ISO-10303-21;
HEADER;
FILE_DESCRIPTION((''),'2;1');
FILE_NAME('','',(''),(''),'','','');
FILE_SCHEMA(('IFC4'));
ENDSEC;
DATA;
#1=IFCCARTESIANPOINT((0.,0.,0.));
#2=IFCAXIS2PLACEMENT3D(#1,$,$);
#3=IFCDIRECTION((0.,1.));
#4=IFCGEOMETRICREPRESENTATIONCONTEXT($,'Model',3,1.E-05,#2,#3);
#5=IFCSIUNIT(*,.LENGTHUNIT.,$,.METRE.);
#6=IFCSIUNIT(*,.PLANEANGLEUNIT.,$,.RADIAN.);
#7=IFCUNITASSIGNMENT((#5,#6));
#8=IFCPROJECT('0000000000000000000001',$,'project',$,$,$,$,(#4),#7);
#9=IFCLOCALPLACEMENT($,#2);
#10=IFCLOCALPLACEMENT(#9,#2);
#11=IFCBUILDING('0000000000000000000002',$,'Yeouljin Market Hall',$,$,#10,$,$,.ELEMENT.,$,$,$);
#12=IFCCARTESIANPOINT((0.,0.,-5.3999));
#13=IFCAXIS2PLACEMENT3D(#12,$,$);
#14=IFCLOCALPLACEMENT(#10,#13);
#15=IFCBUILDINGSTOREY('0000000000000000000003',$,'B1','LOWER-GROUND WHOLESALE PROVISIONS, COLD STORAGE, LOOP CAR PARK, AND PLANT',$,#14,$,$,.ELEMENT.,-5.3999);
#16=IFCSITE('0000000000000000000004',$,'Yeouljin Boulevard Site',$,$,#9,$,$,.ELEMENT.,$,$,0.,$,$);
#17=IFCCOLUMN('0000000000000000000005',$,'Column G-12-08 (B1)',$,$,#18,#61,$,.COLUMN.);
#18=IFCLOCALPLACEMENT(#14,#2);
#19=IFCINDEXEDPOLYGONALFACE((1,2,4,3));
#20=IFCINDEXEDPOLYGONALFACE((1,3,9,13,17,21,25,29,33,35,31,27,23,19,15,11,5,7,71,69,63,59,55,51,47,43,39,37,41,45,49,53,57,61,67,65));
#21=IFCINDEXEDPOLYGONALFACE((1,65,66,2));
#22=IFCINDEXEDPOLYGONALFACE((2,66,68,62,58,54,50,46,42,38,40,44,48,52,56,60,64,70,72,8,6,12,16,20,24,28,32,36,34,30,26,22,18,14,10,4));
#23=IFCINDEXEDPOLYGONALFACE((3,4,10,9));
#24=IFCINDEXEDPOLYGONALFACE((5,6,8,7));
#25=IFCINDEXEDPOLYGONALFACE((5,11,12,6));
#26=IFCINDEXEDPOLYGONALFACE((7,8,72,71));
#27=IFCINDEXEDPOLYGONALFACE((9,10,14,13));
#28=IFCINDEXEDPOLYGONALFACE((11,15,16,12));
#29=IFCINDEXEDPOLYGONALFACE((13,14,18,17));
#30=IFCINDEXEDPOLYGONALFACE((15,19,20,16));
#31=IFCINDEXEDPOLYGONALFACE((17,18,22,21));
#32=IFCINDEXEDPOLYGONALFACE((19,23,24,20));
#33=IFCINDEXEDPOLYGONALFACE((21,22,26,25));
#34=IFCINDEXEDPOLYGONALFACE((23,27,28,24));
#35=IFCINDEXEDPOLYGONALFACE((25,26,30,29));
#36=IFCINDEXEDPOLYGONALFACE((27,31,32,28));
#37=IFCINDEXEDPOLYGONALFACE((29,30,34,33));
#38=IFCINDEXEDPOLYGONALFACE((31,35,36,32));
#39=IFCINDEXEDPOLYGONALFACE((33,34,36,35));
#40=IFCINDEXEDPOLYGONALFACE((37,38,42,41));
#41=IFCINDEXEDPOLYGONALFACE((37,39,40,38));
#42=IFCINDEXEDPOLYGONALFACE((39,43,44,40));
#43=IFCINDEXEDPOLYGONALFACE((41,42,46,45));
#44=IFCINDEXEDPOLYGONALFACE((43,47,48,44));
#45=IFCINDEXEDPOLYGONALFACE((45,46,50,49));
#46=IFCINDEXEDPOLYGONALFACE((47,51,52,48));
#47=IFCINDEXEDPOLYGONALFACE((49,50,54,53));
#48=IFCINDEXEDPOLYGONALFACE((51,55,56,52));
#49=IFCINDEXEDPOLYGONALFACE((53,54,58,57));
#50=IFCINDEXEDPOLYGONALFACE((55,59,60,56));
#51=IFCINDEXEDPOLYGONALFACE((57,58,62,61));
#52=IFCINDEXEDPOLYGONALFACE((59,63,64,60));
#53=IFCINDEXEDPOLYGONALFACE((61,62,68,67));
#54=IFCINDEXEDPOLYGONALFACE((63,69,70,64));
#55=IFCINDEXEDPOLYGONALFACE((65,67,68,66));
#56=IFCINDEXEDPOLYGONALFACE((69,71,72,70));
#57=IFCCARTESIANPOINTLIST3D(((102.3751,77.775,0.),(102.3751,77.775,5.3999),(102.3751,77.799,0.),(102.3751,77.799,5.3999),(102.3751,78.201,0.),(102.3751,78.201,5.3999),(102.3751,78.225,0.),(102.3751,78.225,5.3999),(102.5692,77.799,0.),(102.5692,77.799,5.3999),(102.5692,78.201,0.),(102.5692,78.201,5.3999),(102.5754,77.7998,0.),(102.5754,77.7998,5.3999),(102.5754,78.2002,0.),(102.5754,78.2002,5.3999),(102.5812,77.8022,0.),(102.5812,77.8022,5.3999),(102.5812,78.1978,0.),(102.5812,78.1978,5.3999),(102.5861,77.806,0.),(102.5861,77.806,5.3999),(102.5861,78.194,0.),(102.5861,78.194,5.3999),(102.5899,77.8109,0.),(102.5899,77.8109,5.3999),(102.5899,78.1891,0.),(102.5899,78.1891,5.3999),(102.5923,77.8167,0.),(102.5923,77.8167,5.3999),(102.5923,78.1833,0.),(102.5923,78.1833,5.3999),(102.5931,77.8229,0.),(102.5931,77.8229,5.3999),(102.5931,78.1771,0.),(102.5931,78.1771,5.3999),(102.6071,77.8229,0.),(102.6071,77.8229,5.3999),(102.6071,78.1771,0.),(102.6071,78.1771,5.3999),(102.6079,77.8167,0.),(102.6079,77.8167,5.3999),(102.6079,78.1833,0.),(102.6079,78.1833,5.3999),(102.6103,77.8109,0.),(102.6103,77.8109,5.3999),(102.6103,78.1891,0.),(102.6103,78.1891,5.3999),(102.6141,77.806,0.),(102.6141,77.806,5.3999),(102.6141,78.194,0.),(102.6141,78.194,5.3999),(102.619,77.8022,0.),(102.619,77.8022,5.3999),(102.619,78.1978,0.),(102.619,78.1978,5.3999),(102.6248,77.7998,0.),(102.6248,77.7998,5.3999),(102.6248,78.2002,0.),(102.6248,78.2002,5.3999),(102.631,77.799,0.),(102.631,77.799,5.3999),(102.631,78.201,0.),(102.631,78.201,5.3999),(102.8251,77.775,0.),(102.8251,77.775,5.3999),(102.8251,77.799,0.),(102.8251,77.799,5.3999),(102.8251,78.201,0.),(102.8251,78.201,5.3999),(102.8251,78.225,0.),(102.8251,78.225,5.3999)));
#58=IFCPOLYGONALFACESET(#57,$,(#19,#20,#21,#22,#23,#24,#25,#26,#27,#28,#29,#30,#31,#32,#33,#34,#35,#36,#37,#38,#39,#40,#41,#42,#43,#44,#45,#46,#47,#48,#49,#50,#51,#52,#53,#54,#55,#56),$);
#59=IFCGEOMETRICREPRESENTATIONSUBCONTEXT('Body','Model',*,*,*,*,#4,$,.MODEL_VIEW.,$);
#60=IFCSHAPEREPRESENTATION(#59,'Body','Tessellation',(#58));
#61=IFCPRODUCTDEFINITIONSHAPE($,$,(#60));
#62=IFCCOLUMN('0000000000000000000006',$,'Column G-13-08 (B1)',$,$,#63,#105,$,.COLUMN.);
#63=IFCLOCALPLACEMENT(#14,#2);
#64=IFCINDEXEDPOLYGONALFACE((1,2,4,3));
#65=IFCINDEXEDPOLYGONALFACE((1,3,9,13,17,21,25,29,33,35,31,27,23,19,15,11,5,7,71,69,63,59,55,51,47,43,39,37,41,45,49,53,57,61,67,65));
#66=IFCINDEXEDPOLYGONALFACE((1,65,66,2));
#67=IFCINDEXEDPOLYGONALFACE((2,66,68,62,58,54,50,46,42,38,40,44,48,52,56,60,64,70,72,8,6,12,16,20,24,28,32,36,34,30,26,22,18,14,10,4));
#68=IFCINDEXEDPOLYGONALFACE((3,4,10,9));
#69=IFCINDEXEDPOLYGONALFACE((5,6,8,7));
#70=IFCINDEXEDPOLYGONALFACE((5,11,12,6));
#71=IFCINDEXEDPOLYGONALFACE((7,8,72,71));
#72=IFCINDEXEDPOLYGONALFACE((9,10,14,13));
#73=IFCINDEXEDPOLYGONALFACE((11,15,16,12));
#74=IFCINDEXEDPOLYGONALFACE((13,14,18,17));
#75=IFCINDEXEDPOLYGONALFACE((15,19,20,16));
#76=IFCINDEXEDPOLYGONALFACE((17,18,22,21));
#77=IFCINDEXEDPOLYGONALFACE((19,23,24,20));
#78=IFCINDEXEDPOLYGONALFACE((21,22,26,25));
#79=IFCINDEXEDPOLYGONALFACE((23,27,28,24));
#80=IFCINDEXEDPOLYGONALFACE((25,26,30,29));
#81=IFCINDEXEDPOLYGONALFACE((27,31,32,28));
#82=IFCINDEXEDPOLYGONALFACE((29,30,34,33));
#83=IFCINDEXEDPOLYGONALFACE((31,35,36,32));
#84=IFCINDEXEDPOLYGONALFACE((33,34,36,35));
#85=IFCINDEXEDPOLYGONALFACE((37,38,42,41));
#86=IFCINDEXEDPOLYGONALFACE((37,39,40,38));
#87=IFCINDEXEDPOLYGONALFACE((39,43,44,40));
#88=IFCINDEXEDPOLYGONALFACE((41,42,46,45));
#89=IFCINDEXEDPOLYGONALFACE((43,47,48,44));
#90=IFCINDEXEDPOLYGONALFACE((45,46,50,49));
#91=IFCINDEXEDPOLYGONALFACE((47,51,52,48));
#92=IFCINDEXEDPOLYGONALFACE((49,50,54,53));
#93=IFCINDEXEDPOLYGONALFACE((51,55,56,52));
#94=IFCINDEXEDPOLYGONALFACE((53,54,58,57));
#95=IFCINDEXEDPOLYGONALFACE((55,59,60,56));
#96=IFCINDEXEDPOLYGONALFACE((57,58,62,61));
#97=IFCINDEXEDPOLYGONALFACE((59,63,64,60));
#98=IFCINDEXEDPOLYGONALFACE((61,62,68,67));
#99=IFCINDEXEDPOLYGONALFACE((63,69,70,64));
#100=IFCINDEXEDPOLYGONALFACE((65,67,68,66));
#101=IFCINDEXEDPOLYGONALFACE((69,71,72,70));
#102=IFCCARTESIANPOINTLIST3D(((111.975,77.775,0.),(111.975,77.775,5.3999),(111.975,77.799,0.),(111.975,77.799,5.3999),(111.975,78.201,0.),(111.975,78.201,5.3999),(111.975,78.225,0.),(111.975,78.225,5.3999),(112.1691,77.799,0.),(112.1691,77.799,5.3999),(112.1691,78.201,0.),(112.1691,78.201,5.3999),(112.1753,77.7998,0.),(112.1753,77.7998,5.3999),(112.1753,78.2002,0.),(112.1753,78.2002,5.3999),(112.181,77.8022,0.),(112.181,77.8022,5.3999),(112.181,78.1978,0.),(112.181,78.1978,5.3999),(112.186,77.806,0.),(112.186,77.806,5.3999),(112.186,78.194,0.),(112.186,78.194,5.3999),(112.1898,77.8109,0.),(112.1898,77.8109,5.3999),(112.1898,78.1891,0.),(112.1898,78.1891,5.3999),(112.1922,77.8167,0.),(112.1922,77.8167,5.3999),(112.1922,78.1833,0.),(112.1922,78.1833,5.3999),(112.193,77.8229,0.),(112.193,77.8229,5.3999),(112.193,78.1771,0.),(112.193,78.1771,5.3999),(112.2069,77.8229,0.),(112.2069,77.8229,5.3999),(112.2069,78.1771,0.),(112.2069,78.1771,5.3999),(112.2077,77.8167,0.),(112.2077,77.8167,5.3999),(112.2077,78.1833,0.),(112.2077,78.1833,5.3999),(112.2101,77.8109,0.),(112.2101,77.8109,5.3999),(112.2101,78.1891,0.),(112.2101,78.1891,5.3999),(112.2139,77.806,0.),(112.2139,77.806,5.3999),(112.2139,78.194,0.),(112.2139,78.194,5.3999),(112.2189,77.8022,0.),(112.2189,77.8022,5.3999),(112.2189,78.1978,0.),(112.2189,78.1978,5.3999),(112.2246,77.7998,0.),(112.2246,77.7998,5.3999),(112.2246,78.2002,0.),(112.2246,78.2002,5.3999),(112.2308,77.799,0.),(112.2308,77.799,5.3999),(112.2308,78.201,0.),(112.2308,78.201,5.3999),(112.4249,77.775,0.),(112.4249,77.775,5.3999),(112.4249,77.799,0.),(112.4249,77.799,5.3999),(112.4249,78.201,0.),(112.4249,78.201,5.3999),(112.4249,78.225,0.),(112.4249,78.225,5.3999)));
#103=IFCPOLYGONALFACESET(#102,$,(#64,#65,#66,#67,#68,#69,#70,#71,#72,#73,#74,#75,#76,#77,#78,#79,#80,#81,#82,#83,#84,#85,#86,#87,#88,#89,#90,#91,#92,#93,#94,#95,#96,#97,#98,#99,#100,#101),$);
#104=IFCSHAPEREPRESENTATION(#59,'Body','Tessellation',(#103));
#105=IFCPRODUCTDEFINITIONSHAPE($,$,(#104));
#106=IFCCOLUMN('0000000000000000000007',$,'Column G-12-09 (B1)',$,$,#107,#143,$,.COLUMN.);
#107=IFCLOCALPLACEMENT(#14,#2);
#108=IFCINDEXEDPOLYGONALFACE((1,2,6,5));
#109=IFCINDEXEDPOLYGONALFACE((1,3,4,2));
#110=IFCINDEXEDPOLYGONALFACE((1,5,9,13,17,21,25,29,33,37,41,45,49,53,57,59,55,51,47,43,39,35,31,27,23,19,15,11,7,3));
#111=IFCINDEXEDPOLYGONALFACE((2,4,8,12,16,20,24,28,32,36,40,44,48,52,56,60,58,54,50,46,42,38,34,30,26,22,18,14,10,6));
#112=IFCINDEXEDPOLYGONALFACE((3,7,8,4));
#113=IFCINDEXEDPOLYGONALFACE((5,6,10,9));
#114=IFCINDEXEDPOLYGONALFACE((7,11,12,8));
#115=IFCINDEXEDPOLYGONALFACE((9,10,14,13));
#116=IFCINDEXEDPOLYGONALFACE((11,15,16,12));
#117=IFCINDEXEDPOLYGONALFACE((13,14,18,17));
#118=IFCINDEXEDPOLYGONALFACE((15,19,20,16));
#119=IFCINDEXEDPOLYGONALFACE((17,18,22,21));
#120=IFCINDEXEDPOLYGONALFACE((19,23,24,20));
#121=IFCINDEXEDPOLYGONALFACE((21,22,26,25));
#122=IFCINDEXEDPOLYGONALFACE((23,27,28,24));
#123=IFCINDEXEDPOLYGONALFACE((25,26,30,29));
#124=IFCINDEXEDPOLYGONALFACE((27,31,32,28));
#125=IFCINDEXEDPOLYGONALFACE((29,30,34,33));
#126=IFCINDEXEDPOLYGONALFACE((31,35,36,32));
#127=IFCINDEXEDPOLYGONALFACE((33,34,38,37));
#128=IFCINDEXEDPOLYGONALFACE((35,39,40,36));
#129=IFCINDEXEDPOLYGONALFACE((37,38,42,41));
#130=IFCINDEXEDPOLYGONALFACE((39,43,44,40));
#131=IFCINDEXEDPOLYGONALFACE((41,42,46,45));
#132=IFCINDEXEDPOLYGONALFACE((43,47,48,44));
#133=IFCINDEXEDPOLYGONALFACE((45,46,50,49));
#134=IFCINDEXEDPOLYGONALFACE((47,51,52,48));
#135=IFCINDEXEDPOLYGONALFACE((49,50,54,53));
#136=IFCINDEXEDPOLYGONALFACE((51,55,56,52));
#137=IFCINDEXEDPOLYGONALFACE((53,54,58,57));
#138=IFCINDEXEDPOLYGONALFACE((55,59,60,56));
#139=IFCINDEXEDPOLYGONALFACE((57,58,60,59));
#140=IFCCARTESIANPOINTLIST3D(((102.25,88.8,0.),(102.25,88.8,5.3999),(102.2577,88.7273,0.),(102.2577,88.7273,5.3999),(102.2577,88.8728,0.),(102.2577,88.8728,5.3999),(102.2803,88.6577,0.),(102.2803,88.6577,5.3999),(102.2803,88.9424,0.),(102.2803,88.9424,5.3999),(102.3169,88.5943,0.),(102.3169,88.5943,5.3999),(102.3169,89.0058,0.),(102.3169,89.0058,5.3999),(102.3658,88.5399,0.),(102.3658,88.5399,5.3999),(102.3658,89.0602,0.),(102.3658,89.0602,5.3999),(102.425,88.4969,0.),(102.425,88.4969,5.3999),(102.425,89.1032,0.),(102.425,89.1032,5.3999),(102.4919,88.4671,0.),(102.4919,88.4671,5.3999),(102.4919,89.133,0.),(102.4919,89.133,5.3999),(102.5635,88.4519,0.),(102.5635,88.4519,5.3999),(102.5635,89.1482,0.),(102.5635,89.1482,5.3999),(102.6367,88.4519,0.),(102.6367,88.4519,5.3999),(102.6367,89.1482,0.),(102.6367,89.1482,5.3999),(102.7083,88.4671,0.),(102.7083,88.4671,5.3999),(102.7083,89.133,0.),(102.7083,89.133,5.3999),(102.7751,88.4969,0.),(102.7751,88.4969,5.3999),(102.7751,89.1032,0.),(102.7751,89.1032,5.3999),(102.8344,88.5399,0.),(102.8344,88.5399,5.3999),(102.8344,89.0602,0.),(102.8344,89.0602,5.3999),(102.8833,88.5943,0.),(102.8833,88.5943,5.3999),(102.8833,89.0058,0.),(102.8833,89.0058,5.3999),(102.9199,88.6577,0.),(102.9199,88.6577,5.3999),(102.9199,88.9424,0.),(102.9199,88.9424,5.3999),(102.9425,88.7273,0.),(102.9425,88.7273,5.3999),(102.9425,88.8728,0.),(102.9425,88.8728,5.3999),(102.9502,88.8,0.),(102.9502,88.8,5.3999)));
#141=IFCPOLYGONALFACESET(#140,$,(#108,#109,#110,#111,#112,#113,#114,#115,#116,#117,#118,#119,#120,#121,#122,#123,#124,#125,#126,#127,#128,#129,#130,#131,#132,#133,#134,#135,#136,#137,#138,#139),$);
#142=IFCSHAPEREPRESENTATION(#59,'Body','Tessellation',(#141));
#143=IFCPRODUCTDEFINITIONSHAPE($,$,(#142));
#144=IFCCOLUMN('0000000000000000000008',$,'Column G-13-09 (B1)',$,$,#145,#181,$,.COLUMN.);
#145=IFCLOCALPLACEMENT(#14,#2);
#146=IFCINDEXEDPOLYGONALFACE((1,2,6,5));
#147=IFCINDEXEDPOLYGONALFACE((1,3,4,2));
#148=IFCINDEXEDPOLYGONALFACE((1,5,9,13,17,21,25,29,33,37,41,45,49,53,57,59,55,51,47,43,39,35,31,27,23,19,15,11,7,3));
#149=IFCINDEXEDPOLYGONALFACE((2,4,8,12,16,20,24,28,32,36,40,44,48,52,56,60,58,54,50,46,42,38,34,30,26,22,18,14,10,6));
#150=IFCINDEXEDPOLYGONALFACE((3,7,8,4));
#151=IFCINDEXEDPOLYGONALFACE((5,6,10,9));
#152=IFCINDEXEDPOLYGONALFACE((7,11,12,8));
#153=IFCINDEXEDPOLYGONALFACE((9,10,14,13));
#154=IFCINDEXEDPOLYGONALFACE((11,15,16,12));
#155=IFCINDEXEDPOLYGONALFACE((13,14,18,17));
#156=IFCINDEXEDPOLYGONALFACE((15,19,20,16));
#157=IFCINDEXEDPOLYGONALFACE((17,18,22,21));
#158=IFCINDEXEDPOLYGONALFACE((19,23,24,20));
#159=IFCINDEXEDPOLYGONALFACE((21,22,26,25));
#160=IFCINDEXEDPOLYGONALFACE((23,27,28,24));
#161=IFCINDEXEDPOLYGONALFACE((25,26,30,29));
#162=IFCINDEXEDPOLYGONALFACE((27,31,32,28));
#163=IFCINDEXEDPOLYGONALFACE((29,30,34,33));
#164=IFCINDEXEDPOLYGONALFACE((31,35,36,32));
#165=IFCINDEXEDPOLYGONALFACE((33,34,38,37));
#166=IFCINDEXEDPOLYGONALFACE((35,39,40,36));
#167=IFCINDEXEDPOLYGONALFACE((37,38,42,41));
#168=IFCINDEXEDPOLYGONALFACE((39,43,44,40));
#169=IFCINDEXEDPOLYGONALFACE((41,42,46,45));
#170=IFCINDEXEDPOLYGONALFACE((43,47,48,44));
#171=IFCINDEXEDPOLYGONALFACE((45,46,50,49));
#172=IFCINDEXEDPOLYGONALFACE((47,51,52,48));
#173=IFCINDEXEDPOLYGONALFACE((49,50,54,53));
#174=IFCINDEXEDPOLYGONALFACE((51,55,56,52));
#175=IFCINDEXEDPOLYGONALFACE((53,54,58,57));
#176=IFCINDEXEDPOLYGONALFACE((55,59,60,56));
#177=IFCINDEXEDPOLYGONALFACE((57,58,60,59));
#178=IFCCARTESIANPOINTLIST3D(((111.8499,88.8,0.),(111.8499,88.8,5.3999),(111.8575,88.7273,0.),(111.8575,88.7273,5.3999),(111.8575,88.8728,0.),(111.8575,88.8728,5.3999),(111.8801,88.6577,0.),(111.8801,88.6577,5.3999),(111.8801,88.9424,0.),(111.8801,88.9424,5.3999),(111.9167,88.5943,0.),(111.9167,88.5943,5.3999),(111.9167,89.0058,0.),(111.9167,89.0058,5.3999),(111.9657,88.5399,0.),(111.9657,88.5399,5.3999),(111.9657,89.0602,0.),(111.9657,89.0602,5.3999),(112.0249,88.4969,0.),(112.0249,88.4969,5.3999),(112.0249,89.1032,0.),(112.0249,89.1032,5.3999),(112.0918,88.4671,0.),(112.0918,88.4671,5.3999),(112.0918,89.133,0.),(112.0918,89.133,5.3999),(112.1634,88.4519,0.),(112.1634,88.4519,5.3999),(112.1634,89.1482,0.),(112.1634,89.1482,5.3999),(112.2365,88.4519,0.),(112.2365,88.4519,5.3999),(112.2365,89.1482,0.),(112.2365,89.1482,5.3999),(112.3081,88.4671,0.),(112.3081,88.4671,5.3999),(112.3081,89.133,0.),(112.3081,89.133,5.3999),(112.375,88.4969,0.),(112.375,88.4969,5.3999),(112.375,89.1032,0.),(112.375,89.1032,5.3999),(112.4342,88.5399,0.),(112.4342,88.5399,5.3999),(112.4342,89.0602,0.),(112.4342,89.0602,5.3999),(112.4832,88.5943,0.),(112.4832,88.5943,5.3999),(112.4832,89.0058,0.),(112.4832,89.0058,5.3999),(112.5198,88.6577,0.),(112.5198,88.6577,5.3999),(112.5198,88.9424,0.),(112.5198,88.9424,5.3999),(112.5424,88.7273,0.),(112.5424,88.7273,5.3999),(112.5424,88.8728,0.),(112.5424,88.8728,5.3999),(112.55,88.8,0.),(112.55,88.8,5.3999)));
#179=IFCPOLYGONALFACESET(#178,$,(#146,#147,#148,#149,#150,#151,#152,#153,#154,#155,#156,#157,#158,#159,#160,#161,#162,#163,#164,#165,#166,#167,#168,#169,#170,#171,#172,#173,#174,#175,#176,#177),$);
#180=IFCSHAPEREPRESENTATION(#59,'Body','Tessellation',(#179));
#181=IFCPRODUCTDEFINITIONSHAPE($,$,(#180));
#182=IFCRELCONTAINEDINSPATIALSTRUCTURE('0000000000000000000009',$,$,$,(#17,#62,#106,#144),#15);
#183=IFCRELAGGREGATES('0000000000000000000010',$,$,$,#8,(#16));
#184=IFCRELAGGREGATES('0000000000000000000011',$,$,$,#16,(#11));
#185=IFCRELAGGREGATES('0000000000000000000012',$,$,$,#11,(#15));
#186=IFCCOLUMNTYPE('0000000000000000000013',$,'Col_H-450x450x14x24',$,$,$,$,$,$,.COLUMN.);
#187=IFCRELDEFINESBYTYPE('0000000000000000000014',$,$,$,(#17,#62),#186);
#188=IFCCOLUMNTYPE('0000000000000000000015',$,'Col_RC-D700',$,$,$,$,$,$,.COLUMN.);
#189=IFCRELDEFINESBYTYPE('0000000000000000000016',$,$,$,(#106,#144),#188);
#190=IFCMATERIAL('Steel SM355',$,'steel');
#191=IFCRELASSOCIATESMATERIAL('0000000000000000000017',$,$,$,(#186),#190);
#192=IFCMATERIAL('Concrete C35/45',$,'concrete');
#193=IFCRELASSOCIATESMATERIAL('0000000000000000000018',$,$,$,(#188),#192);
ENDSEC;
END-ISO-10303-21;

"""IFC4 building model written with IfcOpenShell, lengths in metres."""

from ifc_helpers import new_model, si_unit, direction, frame, origin, origin_2d, place, context, subcontext, project, spatial, circle, i_section, extrude, material, material_profile, profile_set, type_object, element, save


model = new_model("IFC4")

# Units and contexts
model_context = context("Model", 3, precision=1e-05, world=origin(), true_north=direction((0.0, 1.0)))
body_context = subcontext(model_context, "Body", "Model", "MODEL_VIEW")
ifc_project = project(units=[si_unit("LENGTHUNIT", "METRE"), si_unit("PLANEANGLEUNIT", "RADIAN")], contexts=[model_context])

# Site, building, storey
site_placement = place(None, origin())
site = spatial("IfcSite", under=ifc_project, at=site_placement, Name="Yeouljin Boulevard Site", CompositionType="ELEMENT", RefElevation=0.0)
building_placement = place(site_placement, origin())
building = spatial("IfcBuilding", under=site, at=building_placement, Name="Yeouljin Market Hall", CompositionType="ELEMENT")
storey_placement = place(building_placement, frame((0.0, 0.0, -5.3999)))
storey = spatial("IfcBuildingStorey", under=building, at=storey_placement, Name="B1", Description="LOWER-GROUND WHOLESALE PROVISIONS, COLD STORAGE, LOOP CAR PARK, AND PLANT", CompositionType="ELEMENT", Elevation=-5.3999)

# Columns
ifc_material_1 = material(Name="Steel SM355", Category="steel")
ifc_material_profile_1 = material_profile(ifc_material_1, i_section(OverallWidth=0.45, OverallDepth=0.45, WebThickness=0.0139, FlangeThickness=0.0239, FilletRadius=0.0239, at=origin_2d()), Name="H-450x450x14x24")
ifc_profile_set_1 = profile_set([ifc_material_profile_1], Name="Steel SM355")
column_type_1 = type_object("IfcColumnType", Name="Col_H-450x450x14x24", PredefinedType="COLUMN", material=ifc_profile_set_1)
for number, where, z_axis, x_axis, name in (
    (1, (102.6001, 78.0, 0.0), (0.0, 0.0, 1.0), (1.0, 0.0, 0.0), "Column G-12-08 (B1)"),
    (2, (112.2, 78.0, 0.0), (0.0, 0.0, 1.0), (1.0, 0.0, 0.0), "Column G-13-08 (B1)"),
):
    element("IfcColumn", number, at=place(storey_placement, frame(where, z_axis=z_axis, x_axis=x_axis)), inside=storey, type_object=column_type_1, Name=name, PredefinedType="COLUMN", context=body_context, shape_type="SweptSolid", body=[
        extrude(i_section(OverallWidth=0.45, OverallDepth=0.45, WebThickness=0.0139, FlangeThickness=0.0239, FilletRadius=0.0239, at=origin_2d()), origin(), (0.0, 0.0, 1.0), 5.3999),
    ])
ifc_material_2 = material(Name="Concrete C35/45", Category="concrete")
ifc_material_profile_2 = material_profile(ifc_material_2, circle(Radius=0.3501, at=origin_2d()), Name="RC-D700")
ifc_profile_set_2 = profile_set([ifc_material_profile_2], Name="Concrete C35/45")
column_type_2 = type_object("IfcColumnType", Name="Col_RC-D700", PredefinedType="COLUMN", material=ifc_profile_set_2)
for number, where, z_axis, x_axis, name in (
    (3, (102.6001, 88.8, 0.0), (0.0, 0.0, 1.0), (1.0, 0.0, 0.0), "Column G-12-09 (B1)"),
    (4, (112.2, 88.8, 0.0), (0.0, 0.0, 1.0), (1.0, 0.0, 0.0), "Column G-13-09 (B1)"),
):
    element("IfcColumn", number, at=place(storey_placement, frame(where, z_axis=z_axis, x_axis=x_axis)), inside=storey, type_object=column_type_2, Name=name, PredefinedType="COLUMN", context=body_context, shape_type="SweptSolid", body=[
        extrude(circle(Radius=0.3501, at=origin_2d()), origin(), (0.0, 0.0, 1.0), 5.3999),
    ])

save(model, "model.ifc")
